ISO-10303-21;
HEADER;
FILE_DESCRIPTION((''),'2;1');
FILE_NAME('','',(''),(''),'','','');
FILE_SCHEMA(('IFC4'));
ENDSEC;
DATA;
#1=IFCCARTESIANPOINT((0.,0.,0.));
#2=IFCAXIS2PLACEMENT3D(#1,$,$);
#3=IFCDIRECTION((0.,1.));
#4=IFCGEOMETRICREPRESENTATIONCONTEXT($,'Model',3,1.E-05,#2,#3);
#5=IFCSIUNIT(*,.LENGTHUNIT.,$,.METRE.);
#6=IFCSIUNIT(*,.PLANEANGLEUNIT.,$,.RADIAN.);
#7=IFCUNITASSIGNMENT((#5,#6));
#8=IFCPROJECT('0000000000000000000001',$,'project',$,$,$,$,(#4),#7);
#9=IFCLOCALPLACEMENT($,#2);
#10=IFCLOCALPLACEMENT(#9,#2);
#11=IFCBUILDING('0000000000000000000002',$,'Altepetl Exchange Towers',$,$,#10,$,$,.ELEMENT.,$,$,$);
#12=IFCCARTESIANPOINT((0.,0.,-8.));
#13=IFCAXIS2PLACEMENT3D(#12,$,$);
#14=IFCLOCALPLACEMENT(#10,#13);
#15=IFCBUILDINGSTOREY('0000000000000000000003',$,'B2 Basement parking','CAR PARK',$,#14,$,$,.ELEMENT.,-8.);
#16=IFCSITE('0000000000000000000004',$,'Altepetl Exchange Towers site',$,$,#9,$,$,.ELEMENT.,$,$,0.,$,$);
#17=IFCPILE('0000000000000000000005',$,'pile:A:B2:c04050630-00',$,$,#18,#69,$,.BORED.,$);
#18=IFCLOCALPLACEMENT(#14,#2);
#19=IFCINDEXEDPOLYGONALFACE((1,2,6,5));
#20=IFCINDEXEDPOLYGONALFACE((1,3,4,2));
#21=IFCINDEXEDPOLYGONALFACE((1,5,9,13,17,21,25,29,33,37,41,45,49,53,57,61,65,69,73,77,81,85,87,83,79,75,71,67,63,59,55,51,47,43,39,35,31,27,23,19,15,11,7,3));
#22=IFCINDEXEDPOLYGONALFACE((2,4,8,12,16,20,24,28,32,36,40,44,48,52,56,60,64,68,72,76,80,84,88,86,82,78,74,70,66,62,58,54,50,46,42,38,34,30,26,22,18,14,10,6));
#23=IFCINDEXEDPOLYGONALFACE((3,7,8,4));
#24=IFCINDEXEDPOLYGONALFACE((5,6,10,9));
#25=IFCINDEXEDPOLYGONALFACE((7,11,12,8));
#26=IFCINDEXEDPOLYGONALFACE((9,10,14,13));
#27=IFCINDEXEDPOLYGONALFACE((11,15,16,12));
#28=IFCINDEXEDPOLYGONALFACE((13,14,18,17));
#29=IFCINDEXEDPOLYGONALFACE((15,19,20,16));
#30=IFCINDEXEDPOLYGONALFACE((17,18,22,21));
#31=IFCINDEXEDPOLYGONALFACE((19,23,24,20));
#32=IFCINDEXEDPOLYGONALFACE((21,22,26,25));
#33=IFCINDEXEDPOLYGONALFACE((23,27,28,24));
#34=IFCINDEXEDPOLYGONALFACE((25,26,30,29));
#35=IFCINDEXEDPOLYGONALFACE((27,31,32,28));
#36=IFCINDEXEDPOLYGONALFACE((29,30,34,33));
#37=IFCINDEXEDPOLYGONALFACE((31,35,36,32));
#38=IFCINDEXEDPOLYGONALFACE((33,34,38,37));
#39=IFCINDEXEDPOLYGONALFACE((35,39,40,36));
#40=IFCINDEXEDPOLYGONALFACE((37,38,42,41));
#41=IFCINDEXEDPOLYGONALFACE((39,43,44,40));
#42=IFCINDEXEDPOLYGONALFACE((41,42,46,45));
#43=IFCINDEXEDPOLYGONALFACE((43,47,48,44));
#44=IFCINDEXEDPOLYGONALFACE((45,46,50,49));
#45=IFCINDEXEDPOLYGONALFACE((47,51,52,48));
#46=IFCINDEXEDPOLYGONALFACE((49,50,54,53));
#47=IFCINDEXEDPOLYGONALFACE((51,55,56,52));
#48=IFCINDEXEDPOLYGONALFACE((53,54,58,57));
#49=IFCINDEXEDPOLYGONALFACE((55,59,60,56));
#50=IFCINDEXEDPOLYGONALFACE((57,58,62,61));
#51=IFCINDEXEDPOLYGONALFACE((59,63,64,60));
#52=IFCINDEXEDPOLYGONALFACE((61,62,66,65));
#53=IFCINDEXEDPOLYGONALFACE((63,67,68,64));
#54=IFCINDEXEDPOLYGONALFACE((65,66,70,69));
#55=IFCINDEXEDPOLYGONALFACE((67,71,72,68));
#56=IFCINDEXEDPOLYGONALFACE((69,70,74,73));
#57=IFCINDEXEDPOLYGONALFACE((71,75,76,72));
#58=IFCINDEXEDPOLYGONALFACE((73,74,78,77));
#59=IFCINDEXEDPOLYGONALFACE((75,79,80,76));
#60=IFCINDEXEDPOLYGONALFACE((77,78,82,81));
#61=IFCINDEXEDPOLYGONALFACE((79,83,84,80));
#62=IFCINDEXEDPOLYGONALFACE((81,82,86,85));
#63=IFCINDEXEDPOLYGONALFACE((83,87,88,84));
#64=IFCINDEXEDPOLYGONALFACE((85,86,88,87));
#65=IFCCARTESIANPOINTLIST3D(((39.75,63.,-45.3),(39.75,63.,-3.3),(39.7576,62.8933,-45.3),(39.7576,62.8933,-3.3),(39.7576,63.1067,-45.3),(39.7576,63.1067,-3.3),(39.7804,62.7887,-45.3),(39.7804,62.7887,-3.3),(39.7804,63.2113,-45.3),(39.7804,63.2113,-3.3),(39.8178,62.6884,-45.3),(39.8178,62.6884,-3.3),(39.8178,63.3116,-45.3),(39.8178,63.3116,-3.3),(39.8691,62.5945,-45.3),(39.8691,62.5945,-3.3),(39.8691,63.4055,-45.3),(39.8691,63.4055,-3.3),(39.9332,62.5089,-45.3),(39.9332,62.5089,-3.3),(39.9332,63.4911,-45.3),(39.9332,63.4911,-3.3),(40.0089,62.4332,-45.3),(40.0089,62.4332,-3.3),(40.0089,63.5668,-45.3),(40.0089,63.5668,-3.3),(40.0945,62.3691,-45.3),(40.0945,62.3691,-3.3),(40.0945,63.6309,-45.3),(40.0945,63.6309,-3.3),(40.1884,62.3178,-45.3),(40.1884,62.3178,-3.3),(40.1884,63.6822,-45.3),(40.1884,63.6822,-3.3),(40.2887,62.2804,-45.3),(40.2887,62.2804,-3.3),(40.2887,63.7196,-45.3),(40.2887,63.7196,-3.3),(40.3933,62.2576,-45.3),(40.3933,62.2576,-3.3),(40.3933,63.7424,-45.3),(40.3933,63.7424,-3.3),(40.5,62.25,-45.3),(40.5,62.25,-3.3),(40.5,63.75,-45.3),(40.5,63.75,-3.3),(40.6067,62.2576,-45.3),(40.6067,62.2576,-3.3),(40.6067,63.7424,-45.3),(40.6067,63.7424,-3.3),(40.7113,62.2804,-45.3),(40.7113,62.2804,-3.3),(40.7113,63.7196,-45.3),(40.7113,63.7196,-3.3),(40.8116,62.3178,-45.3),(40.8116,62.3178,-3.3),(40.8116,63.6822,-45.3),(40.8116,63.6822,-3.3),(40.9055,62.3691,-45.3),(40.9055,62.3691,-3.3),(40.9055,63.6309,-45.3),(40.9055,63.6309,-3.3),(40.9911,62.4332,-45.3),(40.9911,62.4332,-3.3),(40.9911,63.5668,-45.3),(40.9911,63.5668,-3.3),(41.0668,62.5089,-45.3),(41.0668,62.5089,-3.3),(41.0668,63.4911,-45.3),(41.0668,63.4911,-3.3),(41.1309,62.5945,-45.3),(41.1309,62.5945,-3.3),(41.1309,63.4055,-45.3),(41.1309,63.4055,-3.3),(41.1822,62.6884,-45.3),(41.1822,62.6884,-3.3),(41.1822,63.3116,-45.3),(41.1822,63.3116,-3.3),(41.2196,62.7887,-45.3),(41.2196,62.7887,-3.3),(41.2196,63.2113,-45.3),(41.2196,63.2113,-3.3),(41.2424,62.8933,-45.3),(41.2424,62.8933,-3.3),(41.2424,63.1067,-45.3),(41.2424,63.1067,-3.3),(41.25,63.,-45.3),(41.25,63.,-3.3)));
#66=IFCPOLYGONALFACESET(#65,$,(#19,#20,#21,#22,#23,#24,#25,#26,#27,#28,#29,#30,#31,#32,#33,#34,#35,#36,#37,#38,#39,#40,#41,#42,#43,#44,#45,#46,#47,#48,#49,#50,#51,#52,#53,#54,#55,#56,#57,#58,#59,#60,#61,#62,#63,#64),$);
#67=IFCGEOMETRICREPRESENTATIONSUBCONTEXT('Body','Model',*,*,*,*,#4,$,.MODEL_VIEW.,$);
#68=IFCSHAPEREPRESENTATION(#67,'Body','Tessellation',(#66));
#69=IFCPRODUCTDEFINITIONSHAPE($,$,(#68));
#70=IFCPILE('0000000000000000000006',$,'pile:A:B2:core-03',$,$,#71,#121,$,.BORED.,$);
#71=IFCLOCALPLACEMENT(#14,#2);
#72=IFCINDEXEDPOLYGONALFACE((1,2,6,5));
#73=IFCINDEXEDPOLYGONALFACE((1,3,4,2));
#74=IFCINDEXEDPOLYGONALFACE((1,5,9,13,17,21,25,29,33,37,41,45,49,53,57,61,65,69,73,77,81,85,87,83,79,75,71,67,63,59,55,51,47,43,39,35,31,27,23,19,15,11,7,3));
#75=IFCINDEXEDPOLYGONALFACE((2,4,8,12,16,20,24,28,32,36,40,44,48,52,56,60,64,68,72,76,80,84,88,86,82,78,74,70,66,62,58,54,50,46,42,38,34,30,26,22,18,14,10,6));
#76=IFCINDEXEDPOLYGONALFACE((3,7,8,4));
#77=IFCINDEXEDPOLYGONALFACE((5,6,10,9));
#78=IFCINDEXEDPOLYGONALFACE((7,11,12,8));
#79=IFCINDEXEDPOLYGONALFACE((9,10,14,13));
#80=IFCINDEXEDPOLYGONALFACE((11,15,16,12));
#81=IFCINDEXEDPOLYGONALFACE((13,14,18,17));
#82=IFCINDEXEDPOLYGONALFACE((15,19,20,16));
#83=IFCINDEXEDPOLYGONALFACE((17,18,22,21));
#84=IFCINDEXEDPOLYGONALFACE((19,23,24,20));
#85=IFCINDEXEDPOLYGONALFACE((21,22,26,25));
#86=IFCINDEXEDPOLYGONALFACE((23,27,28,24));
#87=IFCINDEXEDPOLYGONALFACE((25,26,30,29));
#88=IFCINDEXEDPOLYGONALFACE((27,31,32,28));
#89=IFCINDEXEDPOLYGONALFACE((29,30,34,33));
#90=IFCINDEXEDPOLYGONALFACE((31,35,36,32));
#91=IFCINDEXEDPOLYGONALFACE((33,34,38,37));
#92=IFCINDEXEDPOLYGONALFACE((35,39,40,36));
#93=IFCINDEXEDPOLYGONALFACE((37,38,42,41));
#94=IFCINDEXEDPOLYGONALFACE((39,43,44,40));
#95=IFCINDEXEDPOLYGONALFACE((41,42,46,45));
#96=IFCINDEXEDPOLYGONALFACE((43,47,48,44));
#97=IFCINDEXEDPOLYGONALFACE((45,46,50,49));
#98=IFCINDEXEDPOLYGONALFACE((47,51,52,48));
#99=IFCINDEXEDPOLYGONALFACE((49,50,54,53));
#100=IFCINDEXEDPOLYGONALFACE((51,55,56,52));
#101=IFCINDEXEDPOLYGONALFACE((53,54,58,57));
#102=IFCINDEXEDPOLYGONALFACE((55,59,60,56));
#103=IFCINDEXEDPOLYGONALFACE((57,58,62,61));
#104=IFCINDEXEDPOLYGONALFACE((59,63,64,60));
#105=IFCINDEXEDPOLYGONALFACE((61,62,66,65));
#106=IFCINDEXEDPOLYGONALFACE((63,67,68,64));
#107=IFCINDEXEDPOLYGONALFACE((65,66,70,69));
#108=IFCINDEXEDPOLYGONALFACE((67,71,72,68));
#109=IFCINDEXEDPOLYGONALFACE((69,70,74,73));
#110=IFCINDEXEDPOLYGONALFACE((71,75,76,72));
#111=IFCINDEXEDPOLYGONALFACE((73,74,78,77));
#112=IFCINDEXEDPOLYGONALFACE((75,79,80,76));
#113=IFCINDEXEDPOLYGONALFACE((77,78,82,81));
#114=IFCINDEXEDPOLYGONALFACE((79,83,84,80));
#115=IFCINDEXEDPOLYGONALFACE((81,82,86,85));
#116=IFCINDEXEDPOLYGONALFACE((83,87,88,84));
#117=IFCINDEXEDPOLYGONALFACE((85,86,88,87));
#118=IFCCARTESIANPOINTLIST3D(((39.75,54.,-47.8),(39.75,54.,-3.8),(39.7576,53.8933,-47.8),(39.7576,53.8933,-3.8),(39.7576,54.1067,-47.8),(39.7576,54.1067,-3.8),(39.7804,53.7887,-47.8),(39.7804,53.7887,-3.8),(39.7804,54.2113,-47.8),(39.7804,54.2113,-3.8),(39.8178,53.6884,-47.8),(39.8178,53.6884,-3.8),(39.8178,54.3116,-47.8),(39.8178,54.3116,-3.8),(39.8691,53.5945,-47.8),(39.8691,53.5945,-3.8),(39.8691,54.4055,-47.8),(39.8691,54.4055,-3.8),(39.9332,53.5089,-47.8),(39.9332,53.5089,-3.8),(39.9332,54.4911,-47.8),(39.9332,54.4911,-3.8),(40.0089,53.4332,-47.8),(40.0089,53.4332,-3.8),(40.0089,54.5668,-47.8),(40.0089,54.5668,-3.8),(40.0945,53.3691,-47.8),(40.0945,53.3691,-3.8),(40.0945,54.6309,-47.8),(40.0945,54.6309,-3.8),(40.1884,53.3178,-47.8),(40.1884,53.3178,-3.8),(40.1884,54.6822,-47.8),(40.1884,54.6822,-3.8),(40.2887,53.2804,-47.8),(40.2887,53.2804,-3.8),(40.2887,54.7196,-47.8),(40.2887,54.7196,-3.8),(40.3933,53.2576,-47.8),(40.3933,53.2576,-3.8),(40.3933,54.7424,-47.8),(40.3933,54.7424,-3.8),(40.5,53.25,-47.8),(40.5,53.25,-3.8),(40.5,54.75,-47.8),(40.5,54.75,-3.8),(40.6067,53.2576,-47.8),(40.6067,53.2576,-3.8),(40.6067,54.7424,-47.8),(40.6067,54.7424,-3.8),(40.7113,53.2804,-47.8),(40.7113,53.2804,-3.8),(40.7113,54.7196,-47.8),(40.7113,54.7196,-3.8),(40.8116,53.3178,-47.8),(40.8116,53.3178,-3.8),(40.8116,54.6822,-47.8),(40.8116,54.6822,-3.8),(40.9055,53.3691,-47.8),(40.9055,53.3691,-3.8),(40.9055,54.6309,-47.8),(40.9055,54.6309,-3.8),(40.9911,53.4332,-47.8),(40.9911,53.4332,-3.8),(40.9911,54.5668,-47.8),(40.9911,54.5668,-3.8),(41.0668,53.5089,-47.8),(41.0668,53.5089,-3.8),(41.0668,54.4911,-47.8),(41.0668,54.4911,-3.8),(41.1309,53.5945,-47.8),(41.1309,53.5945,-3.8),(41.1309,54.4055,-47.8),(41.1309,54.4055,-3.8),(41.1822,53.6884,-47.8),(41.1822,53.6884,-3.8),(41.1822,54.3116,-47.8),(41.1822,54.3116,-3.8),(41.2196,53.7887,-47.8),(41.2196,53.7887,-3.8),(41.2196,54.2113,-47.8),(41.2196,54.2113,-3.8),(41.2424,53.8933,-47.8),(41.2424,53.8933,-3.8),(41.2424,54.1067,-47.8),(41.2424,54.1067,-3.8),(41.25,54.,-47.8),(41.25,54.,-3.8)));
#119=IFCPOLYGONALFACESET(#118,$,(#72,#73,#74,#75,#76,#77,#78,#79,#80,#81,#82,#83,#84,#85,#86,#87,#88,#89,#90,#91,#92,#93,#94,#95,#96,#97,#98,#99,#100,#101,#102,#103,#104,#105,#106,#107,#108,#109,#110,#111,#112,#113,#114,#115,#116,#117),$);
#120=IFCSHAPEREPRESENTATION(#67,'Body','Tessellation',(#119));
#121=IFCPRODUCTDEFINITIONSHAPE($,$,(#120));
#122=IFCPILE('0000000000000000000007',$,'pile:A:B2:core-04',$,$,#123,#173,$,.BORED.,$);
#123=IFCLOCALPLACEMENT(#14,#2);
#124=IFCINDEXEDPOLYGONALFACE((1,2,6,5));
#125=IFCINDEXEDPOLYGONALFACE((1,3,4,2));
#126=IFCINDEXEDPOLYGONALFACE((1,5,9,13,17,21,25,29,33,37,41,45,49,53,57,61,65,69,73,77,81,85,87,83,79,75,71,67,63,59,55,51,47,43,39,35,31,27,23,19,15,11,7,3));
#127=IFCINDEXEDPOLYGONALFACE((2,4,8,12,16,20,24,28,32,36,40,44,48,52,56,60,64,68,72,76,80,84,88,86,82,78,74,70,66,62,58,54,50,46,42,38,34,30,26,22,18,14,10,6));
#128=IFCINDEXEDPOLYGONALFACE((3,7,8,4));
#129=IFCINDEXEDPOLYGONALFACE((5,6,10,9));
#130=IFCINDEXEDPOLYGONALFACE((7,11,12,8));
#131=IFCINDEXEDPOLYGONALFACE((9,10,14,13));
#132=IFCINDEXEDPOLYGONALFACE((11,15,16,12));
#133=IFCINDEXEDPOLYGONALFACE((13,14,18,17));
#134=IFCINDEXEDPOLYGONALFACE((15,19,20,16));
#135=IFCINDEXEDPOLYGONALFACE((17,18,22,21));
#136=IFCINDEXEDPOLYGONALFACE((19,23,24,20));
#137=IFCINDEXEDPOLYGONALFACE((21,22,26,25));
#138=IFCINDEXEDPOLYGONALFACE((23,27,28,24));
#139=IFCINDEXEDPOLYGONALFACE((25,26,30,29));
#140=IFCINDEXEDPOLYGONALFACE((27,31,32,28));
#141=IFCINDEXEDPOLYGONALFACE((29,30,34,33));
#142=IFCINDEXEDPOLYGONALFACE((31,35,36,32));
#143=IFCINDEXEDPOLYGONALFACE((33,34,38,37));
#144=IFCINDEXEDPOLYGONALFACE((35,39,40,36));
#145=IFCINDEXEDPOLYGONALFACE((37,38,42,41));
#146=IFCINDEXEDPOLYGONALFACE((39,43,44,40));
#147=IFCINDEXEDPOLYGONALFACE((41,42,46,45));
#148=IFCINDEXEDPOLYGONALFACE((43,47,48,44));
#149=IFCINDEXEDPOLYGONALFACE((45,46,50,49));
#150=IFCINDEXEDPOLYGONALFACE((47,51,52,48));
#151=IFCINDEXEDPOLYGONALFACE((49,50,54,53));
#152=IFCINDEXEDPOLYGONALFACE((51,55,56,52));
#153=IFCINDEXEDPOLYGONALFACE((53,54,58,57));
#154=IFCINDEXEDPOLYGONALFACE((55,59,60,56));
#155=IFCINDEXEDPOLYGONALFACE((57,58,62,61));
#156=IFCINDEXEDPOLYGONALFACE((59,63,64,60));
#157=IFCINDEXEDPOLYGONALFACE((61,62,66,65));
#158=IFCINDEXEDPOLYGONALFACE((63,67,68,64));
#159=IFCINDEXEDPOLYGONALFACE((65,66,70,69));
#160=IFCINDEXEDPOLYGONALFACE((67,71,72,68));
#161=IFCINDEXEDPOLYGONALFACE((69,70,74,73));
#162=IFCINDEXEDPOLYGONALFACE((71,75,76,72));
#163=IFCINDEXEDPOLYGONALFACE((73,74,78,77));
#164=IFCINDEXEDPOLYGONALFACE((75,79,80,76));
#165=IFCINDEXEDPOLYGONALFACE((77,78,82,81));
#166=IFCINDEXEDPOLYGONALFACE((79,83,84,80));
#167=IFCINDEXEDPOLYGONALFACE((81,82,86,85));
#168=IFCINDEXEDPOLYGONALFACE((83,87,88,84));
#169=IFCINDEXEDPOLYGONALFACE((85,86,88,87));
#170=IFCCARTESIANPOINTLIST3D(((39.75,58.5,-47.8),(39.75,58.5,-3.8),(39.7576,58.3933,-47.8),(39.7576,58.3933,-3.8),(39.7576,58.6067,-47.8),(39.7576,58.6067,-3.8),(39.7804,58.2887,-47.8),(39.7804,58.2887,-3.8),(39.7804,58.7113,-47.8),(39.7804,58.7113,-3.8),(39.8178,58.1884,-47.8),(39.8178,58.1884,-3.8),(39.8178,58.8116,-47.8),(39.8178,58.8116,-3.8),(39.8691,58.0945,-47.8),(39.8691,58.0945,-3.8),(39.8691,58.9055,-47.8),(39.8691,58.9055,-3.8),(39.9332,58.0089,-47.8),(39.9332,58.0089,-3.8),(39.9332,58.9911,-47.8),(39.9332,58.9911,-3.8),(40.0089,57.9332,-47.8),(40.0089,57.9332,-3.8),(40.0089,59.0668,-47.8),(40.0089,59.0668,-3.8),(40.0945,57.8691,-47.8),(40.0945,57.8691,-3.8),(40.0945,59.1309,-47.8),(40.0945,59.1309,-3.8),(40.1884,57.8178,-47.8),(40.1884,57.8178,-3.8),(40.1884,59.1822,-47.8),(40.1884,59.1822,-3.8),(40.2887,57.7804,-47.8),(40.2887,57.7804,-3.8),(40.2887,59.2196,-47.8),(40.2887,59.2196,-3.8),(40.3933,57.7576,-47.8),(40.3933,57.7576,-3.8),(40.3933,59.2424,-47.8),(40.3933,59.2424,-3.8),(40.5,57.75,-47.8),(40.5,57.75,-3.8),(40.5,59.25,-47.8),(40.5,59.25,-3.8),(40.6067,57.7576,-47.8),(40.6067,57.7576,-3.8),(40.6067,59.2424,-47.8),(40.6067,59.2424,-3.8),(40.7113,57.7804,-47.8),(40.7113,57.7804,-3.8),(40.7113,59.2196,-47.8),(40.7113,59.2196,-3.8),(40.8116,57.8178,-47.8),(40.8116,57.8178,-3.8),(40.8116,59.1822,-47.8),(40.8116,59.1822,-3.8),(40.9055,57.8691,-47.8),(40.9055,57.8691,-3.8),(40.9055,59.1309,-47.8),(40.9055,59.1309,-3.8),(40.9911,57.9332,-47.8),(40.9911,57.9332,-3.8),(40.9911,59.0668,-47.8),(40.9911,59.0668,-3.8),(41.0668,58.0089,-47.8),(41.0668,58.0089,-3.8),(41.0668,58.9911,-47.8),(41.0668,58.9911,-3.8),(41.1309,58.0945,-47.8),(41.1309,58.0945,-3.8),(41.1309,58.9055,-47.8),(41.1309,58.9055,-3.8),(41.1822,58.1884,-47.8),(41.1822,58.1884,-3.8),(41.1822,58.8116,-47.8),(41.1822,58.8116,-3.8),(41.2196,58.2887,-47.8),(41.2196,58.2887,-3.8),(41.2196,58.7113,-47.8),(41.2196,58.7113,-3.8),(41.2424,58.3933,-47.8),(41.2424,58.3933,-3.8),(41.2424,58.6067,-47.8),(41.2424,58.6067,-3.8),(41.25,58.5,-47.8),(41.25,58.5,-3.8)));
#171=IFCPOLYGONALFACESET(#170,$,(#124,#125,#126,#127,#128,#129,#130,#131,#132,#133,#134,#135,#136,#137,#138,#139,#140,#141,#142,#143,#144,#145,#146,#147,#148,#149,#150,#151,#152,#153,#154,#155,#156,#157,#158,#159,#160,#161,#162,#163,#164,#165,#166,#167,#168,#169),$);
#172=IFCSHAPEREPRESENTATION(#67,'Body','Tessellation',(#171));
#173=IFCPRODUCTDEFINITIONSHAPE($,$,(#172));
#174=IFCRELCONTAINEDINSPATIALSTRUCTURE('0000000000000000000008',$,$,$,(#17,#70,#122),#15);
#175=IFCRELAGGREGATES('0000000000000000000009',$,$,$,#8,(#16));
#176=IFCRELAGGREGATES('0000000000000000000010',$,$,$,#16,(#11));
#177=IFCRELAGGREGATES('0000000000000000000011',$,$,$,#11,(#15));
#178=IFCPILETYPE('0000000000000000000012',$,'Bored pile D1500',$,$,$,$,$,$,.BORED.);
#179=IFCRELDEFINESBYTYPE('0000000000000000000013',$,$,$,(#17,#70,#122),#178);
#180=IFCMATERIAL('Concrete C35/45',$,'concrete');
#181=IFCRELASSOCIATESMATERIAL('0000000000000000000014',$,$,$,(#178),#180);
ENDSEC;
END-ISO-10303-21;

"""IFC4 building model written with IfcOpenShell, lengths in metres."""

from ifc_helpers import new_model, si_unit, direction, frame, origin, origin_2d, place, context, subcontext, project, spatial, circle, extrude, material, material_profile, profile_set, type_object, element, save


model = new_model("IFC4")

# Units and contexts
model_context = context("Model", 3, precision=1e-05, world=origin(), true_north=direction((0.0, 1.0)))
body_context = subcontext(model_context, "Body", "Model", "MODEL_VIEW")
ifc_project = project(units=[si_unit("LENGTHUNIT", "METRE"), si_unit("PLANEANGLEUNIT", "RADIAN")], contexts=[model_context])

# Site, building, storey
site_placement = place(None, origin())
site = spatial("IfcSite", under=ifc_project, at=site_placement, Name="Altepetl Exchange Towers site", CompositionType="ELEMENT", RefElevation=0.0)
building_placement = place(site_placement, origin())
building = spatial("IfcBuilding", under=site, at=building_placement, Name="Altepetl Exchange Towers", CompositionType="ELEMENT")
storey_placement = place(building_placement, frame((0.0, 0.0, -8.0)))
storey = spatial("IfcBuildingStorey", under=building, at=storey_placement, Name="B2 Basement parking", Description="CAR PARK", CompositionType="ELEMENT", Elevation=-8.0)

# Piles
ifc_material_1 = material(Name="Concrete C35/45", Category="concrete")
ifc_material_profile_1 = material_profile(ifc_material_1, circle(Radius=0.75, at=origin_2d()), Name="D1500")
ifc_profile_set_1 = profile_set([ifc_material_profile_1], Name="Concrete C35/45")
pile_type_1 = type_object("IfcPileType", Name="Bored pile D1500", PredefinedType="BORED", material=ifc_profile_set_1)
pile_1_placement = place(storey_placement, frame((40.5, 63.0, -3.3), z_axis=(0.0, 0.0, -1.0), x_axis=(1.0, 0.0, 0.0)))
element("IfcPile", 1, at=pile_1_placement, inside=storey, type_object=pile_type_1, Name="pile:A:B2:c04050630-00", PredefinedType="BORED", context=body_context, shape_type="SweptSolid", body=[
    extrude(circle(Radius=0.75, at=origin_2d()), origin(), (0.0, 0.0, 1.0), 42.0),
])
for number, where, z_axis, x_axis, name in (
    (2, (40.5, 54.0, -3.8), (0.0, 0.0, -1.0), (1.0, 0.0, 0.0), "pile:A:B2:core-03"),
    (3, (40.5, 58.5, -3.8), (0.0, 0.0, -1.0), (1.0, 0.0, 0.0), "pile:A:B2:core-04"),
):
    element("IfcPile", number, at=place(storey_placement, frame(where, z_axis=z_axis, x_axis=x_axis)), inside=storey, type_object=pile_type_1, Name=name, PredefinedType="BORED", context=body_context, shape_type="SweptSolid", body=[
        extrude(circle(Radius=0.75, at=origin_2d()), origin(), (0.0, 0.0, 1.0), 44.0),
    ])

save(model, "model.ifc")
